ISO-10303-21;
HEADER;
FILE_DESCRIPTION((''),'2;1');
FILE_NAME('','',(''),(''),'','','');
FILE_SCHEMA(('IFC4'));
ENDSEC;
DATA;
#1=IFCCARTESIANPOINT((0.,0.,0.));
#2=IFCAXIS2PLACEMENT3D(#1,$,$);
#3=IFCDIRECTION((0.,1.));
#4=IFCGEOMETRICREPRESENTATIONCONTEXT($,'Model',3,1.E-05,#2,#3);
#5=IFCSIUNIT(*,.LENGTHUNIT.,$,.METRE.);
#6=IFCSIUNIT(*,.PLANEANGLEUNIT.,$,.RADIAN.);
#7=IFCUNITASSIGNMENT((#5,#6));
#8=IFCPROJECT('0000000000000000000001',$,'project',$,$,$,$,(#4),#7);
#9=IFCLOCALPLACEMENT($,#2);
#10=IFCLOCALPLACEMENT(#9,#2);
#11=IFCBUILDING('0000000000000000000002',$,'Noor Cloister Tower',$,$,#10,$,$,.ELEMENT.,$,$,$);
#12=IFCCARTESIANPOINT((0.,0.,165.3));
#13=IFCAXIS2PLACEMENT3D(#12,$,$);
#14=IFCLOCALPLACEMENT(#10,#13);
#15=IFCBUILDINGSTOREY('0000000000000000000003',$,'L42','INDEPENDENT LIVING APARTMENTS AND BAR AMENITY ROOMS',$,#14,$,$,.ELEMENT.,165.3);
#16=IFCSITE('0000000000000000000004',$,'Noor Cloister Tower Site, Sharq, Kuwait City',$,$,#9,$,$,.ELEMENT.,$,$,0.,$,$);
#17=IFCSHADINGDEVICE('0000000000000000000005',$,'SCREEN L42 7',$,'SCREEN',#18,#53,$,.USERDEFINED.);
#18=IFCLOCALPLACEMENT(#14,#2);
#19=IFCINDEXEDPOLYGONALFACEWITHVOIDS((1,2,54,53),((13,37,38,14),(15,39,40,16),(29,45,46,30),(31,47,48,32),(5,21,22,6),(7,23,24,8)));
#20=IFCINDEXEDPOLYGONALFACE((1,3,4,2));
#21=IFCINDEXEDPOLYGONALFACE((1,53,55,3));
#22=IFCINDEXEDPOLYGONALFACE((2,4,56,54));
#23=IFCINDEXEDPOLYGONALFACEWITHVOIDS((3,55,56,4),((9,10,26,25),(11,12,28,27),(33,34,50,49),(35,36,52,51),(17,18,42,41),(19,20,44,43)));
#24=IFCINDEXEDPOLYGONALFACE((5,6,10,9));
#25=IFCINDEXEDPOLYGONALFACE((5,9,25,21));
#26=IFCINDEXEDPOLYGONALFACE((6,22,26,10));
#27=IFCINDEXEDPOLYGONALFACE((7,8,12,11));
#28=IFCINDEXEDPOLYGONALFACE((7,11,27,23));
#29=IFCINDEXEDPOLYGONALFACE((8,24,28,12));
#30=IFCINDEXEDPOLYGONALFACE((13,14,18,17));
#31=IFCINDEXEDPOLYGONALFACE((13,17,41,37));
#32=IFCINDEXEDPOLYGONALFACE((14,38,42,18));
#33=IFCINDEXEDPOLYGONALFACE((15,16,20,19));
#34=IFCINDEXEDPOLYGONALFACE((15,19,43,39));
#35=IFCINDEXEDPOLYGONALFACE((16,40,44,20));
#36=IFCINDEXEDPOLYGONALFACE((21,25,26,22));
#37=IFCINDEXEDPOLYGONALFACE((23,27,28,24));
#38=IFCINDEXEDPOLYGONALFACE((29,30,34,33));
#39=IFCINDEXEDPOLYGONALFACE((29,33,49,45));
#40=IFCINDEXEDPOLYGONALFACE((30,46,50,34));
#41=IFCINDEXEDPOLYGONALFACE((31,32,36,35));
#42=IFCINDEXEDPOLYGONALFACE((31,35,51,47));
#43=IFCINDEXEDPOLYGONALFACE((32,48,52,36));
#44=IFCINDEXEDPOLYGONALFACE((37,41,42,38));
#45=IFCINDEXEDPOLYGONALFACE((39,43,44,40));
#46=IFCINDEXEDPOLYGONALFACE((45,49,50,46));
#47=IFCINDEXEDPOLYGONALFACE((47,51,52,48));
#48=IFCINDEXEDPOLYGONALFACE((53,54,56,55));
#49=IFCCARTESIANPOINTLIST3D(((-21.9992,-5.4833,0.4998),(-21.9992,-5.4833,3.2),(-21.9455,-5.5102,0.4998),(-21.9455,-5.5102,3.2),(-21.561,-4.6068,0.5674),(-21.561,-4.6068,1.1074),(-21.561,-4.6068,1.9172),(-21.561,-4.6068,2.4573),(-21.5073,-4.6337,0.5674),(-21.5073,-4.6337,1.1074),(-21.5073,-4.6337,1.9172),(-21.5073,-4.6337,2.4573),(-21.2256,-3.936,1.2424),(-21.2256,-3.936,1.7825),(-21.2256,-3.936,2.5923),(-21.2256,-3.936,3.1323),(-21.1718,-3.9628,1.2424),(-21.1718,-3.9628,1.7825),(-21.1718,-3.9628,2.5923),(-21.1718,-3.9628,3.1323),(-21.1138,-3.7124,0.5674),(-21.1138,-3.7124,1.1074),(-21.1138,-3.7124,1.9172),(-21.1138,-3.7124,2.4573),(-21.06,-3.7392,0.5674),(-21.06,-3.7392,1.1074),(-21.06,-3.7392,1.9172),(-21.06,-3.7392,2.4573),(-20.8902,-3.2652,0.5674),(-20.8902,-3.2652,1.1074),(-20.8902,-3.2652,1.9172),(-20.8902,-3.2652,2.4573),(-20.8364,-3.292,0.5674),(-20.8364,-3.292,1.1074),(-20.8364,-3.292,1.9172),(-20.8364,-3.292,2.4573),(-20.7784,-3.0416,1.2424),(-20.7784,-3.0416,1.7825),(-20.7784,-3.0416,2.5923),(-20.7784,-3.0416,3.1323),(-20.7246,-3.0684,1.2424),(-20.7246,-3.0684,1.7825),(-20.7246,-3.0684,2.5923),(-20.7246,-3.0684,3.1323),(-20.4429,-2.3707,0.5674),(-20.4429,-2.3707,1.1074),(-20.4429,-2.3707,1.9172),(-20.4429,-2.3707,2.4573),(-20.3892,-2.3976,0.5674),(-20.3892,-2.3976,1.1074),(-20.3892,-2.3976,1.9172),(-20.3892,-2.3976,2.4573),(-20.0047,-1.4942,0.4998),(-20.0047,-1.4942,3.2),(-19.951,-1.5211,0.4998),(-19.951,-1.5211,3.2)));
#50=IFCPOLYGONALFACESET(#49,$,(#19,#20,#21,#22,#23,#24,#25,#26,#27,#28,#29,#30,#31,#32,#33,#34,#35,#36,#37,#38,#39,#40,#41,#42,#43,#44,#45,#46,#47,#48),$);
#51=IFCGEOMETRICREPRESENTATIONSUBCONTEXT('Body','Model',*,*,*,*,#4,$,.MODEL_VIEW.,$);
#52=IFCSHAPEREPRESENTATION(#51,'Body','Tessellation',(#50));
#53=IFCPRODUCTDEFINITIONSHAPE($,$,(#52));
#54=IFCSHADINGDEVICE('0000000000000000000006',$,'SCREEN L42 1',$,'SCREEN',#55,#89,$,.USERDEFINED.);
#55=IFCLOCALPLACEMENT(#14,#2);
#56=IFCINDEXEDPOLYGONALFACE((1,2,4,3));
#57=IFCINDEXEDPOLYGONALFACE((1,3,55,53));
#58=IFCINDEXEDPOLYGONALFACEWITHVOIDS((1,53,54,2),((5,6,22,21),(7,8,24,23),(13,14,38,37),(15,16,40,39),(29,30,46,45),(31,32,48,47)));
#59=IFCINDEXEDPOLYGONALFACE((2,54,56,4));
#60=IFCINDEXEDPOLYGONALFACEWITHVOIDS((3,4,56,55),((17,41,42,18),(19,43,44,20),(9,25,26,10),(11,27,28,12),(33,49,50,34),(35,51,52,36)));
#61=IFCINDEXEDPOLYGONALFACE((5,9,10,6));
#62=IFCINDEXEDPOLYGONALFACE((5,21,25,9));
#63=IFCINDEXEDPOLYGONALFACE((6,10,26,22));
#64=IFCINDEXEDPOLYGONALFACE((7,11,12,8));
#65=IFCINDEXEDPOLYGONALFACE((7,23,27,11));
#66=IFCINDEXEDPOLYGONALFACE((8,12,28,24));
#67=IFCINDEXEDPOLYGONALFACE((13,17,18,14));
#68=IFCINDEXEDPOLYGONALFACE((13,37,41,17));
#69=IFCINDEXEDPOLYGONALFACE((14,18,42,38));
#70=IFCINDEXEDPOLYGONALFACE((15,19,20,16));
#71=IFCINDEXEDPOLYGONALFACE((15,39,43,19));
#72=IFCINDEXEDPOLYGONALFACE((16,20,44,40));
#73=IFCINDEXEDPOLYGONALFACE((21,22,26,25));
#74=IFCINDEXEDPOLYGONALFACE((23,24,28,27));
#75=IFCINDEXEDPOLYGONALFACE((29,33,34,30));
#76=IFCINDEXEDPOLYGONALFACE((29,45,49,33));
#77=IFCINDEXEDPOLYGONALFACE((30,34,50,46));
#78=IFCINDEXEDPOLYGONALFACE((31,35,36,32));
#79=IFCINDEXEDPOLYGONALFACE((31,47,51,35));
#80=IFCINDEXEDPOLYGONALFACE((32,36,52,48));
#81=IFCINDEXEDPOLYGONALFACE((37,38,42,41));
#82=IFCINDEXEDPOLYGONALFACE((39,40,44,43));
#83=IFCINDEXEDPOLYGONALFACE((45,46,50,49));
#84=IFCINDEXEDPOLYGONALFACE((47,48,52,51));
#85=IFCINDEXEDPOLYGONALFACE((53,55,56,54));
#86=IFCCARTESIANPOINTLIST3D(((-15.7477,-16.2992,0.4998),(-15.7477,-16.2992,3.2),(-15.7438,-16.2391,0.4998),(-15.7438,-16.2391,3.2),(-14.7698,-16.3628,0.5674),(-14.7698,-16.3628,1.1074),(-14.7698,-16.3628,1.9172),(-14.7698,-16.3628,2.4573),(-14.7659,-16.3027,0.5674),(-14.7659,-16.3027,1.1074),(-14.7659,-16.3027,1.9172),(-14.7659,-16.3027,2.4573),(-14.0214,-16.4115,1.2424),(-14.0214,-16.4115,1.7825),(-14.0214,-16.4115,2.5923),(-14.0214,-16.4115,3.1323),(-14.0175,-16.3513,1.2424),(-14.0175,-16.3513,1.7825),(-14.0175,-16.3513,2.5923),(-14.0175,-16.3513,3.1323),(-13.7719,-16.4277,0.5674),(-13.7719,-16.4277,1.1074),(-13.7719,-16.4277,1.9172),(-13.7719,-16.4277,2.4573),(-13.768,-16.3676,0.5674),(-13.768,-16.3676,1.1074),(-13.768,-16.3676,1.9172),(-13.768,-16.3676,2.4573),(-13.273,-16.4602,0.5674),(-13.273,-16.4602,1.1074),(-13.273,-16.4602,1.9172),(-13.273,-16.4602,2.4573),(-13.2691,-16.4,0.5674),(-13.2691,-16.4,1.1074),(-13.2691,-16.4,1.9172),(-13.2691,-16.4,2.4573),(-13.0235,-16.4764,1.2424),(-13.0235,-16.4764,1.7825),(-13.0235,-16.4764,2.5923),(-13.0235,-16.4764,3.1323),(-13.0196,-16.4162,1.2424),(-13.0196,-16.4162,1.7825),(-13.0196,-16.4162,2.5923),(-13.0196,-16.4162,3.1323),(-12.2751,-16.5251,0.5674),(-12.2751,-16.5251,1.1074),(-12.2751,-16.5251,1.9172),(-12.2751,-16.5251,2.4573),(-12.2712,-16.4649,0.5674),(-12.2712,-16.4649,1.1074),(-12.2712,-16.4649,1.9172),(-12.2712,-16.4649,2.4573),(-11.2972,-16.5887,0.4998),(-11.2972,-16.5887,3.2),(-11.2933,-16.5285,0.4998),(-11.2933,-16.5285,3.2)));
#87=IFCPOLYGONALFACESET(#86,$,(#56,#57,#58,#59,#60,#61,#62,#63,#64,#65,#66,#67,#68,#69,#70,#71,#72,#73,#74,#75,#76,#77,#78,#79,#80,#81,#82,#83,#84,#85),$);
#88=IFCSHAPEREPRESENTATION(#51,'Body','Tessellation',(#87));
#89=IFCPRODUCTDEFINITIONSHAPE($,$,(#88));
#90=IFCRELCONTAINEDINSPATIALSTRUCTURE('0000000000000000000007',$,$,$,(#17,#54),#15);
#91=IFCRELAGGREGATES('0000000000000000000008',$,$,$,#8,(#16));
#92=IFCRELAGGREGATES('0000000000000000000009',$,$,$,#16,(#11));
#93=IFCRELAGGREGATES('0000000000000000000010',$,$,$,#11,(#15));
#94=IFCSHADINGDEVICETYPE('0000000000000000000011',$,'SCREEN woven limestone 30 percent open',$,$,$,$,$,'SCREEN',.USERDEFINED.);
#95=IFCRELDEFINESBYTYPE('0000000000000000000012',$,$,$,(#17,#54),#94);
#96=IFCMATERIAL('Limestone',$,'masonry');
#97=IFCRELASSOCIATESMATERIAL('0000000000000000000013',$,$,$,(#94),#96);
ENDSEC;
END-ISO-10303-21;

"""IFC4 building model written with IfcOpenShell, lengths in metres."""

from ifc_helpers import new_model, si_unit, direction, frame, origin, place, context, subcontext, project, spatial, polyline, outline, extrude, material, material_profile, profile_set, type_object, element, save


model = new_model("IFC4")

# Units and contexts
model_context = context("Model", 3, precision=1e-05, world=origin(), true_north=direction((0.0, 1.0)))
body_context = subcontext(model_context, "Body", "Model", "MODEL_VIEW")
ifc_project = project(units=[si_unit("LENGTHUNIT", "METRE"), si_unit("PLANEANGLEUNIT", "RADIAN")], contexts=[model_context])

# Site, building, storey
site_placement = place(None, origin())
site = spatial("IfcSite", under=ifc_project, at=site_placement, Name="Noor Cloister Tower Site, Sharq, Kuwait City", CompositionType="ELEMENT", RefElevation=0.0)
building_placement = place(site_placement, origin())
building = spatial("IfcBuilding", under=site, at=building_placement, Name="Noor Cloister Tower", CompositionType="ELEMENT")
storey_placement = place(building_placement, frame((0.0, 0.0, 165.3)))
storey = spatial("IfcBuildingStorey", under=building, at=storey_placement, Name="L42", Description="INDEPENDENT LIVING APARTMENTS AND BAR AMENITY ROOMS", CompositionType="ELEMENT", Elevation=165.3)

# Shading devices
ifc_material_1 = material(Name="Limestone", Category="masonry")
ifc_material_profile_1 = material_profile(ifc_material_1, outline(polyline([(-2.23, -1.3501), (2.23, -1.3501), (2.23, 1.3501), (-2.23, 1.3501), (-2.23, -1.3501)]), holes=[polyline([(-1.25, -1.2825), (-0.25, -1.2825), (-0.25, -0.7424), (-1.25, -0.7424), (-1.25, -1.2825)]), polyline([(0.25, -1.2825), (1.25, -1.2825), (1.25, -0.7424), (0.25, -0.7424), (0.25, -1.2825)]), polyline([(-0.5, -0.6074), (0.5, -0.6074), (0.5, -0.0674), (-0.5, -0.0674), (-0.5, -0.6074)]), polyline([(-1.25, 0.0674), (-0.25, 0.0674), (-0.25, 0.6074), (-1.25, 0.6074), (-1.25, 0.0674)]), polyline([(0.25, 0.0674), (1.25, 0.0674), (1.25, 0.6074), (0.25, 0.6074), (0.25, 0.0674)]), polyline([(-0.5, 0.7424), (0.5, 0.7424), (0.5, 1.2825), (-0.5, 1.2825), (-0.5, 0.7424)])]), Name="Woven screen 30 percent open")
ifc_profile_set_1 = profile_set([ifc_material_profile_1], Name="Limestone")
shading_device_type = type_object("IfcShadingDeviceType", Name="SCREEN woven limestone 30 percent open", ElementType="SCREEN", PredefinedType="USERDEFINED", material=ifc_profile_set_1)
shading_device_1_placement = place(storey_placement, frame((-20.9482, -3.5156, 1.8499), z_axis=(-0.894427, 0.447214, 0.0), x_axis=(-0.447214, -0.894427, 0.0)))
element("IfcShadingDevice", 1, at=shading_device_1_placement, inside=storey, type_object=shading_device_type, Name="SCREEN L42 7", ObjectType="SCREEN", PredefinedType="USERDEFINED", context=body_context, shape_type="SweptSolid", body=[
    extrude(outline(polyline([(-2.23, -1.3501), (2.23, -1.3501), (2.23, 1.3501), (-2.23, 1.3501), (-2.23, -1.3501)]), holes=[polyline([(-1.25, -1.2825), (-0.25, -1.2825), (-0.25, -0.7424), (-1.25, -0.7424), (-1.25, -1.2825)]), polyline([(0.25, -1.2825), (1.25, -1.2825), (1.25, -0.7424), (0.25, -0.7424), (0.25, -1.2825)]), polyline([(-0.5, -0.6074), (0.5, -0.6074), (0.5, -0.0674), (-0.5, -0.0674), (-0.5, -0.6074)]), polyline([(-1.25, 0.0674), (-0.25, 0.0674), (-0.25, 0.6074), (-1.25, 0.6074), (-1.25, 0.0674)]), polyline([(0.25, 0.0674), (1.25, 0.0674), (1.25, 0.6074), (0.25, 0.6074), (0.25, 0.0674)]), polyline([(-0.5, 0.7424), (0.5, 0.7424), (0.5, 1.2825), (-0.5, 1.2825), (-0.5, 0.7424)])]), origin(), (0.0, 0.0, 1.0), 0.0601),
])
shading_device_2_placement = place(storey_placement, frame((-13.5186, -16.3838, 1.8499), z_axis=(-0.064904, -0.997892, 0.0), x_axis=(0.997892, -0.064904, 0.0)))
element("IfcShadingDevice", 2, at=shading_device_2_placement, inside=storey, type_object=shading_device_type, Name="SCREEN L42 1", ObjectType="SCREEN", PredefinedType="USERDEFINED", context=body_context, shape_type="SweptSolid", body=[
    extrude(outline(polyline([(-2.23, -1.3501), (2.23, -1.3501), (2.23, 1.3501), (-2.23, 1.3501), (-2.23, -1.3501)]), holes=[polyline([(-1.25, -1.2825), (-0.25, -1.2825), (-0.25, -0.7424), (-1.25, -0.7424), (-1.25, -1.2825)]), polyline([(0.25, -1.2825), (1.25, -1.2825), (1.25, -0.7424), (0.25, -0.7424), (0.25, -1.2825)]), polyline([(-0.5, -0.6074), (0.5, -0.6074), (0.5, -0.0674), (-0.5, -0.0674), (-0.5, -0.6074)]), polyline([(-1.25, 0.0674), (-0.25, 0.0674), (-0.25, 0.6074), (-1.25, 0.6074), (-1.25, 0.0674)]), polyline([(0.25, 0.0674), (1.25, 0.0674), (1.25, 0.6074), (0.25, 0.6074), (0.25, 0.0674)]), polyline([(-0.5, 0.7424), (0.5, 0.7424), (0.5, 1.2825), (-0.5, 1.2825), (-0.5, 0.7424)])]), origin(), (0.0, 0.0, 1.0), 0.0603),
])

save(model, "model.ifc")
